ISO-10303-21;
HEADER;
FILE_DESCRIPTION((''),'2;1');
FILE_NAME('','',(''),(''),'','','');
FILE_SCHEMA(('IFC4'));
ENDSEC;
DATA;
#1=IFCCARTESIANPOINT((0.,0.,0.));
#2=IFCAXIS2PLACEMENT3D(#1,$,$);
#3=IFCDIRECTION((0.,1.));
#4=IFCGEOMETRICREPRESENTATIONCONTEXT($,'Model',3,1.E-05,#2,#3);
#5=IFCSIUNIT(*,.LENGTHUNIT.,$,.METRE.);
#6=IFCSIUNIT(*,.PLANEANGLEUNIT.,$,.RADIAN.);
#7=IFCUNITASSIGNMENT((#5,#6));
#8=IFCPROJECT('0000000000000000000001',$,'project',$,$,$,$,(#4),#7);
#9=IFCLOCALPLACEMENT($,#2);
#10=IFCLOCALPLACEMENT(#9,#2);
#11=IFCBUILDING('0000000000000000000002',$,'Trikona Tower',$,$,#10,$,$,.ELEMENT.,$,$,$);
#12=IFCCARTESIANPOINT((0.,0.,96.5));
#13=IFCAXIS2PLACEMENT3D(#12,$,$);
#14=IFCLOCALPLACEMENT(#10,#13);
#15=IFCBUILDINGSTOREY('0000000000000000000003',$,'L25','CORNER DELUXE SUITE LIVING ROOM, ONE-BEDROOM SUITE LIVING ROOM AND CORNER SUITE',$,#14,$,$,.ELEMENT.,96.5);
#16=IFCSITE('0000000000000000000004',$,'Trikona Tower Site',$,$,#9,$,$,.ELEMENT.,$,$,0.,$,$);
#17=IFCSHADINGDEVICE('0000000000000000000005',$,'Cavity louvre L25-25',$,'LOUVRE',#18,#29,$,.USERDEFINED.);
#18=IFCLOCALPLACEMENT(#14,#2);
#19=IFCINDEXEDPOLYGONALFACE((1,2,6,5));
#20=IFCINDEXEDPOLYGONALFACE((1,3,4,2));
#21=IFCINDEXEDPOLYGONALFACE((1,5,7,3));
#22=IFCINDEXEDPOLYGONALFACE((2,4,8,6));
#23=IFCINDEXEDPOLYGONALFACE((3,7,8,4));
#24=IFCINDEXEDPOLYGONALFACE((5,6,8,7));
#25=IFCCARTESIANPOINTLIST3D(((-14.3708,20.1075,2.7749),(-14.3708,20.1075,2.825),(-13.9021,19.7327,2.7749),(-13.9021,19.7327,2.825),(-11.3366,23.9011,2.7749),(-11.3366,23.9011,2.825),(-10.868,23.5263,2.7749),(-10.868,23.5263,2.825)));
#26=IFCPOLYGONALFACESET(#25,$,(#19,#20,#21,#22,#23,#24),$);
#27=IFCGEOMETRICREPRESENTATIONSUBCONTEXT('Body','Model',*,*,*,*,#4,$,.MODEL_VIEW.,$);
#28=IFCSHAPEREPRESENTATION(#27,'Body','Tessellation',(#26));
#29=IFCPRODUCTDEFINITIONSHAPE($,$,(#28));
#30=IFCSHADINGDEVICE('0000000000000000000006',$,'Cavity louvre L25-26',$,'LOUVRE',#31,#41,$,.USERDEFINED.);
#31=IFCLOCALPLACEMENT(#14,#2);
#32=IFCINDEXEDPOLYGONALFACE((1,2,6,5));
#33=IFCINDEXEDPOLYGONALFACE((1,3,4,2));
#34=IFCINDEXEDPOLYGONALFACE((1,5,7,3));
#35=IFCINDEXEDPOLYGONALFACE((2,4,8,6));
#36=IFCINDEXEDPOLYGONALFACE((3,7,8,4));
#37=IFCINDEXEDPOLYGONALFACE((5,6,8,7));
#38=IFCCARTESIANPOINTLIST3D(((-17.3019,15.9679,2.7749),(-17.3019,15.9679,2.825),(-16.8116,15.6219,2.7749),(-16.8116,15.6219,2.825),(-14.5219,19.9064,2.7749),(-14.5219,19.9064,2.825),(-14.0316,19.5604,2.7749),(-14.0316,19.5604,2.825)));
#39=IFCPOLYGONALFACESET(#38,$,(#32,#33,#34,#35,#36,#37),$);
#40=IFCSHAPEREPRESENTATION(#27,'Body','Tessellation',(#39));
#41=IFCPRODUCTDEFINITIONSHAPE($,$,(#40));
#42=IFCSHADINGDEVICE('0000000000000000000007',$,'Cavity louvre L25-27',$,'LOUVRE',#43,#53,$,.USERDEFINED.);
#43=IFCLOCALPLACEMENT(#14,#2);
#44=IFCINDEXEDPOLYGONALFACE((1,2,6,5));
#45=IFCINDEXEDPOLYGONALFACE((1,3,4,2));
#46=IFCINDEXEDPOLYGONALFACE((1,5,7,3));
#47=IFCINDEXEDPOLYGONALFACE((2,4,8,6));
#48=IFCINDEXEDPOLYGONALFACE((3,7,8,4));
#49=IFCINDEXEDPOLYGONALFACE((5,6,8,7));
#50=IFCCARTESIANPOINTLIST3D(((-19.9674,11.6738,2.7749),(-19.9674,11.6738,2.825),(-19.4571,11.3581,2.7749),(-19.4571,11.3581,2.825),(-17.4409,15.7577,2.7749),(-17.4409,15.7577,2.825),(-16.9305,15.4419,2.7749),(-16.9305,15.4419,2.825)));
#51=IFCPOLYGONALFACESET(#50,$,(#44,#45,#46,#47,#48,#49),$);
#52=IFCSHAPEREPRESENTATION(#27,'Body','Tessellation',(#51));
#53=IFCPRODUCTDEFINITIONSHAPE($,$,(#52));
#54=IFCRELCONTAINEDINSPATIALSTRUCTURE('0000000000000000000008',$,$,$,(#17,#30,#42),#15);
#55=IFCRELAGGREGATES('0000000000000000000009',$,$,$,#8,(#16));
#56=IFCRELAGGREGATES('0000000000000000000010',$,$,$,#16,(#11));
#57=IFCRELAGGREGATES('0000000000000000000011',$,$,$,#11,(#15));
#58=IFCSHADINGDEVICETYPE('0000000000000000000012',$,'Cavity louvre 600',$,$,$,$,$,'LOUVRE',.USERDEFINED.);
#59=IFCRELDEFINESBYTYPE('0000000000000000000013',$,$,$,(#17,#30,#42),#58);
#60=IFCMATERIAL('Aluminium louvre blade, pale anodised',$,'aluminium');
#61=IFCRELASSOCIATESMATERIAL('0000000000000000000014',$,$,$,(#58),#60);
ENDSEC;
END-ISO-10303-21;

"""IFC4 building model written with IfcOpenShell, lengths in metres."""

from ifc_helpers import new_model, si_unit, direction, frame, origin, origin_2d, place, context, subcontext, project, spatial, rectangle, extrude, material, type_object, element, save


model = new_model("IFC4")

# Units and contexts
model_context = context("Model", 3, precision=1e-05, world=origin(), true_north=direction((0.0, 1.0)))
body_context = subcontext(model_context, "Body", "Model", "MODEL_VIEW")
ifc_project = project(units=[si_unit("LENGTHUNIT", "METRE"), si_unit("PLANEANGLEUNIT", "RADIAN")], contexts=[model_context])

# Site, building, storey
site_placement = place(None, origin())
site = spatial("IfcSite", under=ifc_project, at=site_placement, Name="Trikona Tower Site", CompositionType="ELEMENT", RefElevation=0.0)
building_placement = place(site_placement, origin())
building = spatial("IfcBuilding", under=site, at=building_placement, Name="Trikona Tower", CompositionType="ELEMENT")
storey_placement = place(building_placement, frame((0.0, 0.0, 96.5)))
storey = spatial("IfcBuildingStorey", under=building, at=storey_placement, Name="L25", Description="CORNER DELUXE SUITE LIVING ROOM, ONE-BEDROOM SUITE LIVING ROOM AND CORNER SUITE", CompositionType="ELEMENT", Elevation=96.5)

# Shading devices
ifc_material_1 = material(Name="Aluminium louvre blade, pale anodised", Category="aluminium")
shading_device_type = type_object("IfcShadingDeviceType", Name="Cavity louvre 600", ElementType="LOUVRE", PredefinedType="USERDEFINED", material=ifc_material_1)
shading_device_1_placement = place(storey_placement, frame((-12.6194, 21.8169, 2.7749), z_axis=(0.0, 0.0, 1.0), x_axis=(-0.624604, -0.780942, 0.0)))
element("IfcShadingDevice", 1, at=shading_device_1_placement, inside=storey, type_object=shading_device_type, Name="Cavity louvre L25-25", ObjectType="LOUVRE", PredefinedType="USERDEFINED", context=body_context, shape_type="SweptSolid", body=[
    extrude(rectangle(XDim=4.8577, YDim=0.6001, at=origin_2d()), origin(), (0.0, 0.0, 1.0), 0.05),
])
shading_device_2_placement = place(storey_placement, frame((-15.6667, 17.7642, 2.7749), z_axis=(0.0, 0.0, 1.0), x_axis=(-0.576662, -0.816983, 0.0)))
element("IfcShadingDevice", 2, at=shading_device_2_placement, inside=storey, type_object=shading_device_type, Name="Cavity louvre L25-26", ObjectType="LOUVRE", PredefinedType="USERDEFINED", context=body_context, shape_type="SweptSolid", body=[
    extrude(rectangle(XDim=4.8208, YDim=0.6001, at=origin_2d()), origin(), (0.0, 0.0, 1.0), 0.05),
])
shading_device_3_placement = place(storey_placement, frame((-18.449, 13.5579, 2.7749), z_axis=(0.0, 0.0, 1.0), x_axis=(-0.526119, -0.850411, 0.0)))
element("IfcShadingDevice", 3, at=shading_device_3_placement, inside=storey, type_object=shading_device_type, Name="Cavity louvre L25-27", ObjectType="LOUVRE", PredefinedType="USERDEFINED", context=body_context, shape_type="SweptSolid", body=[
    extrude(rectangle(XDim=4.8022, YDim=0.6001, at=origin_2d()), origin(), (0.0, 0.0, 1.0), 0.05),
])

save(model, "model.ifc")
